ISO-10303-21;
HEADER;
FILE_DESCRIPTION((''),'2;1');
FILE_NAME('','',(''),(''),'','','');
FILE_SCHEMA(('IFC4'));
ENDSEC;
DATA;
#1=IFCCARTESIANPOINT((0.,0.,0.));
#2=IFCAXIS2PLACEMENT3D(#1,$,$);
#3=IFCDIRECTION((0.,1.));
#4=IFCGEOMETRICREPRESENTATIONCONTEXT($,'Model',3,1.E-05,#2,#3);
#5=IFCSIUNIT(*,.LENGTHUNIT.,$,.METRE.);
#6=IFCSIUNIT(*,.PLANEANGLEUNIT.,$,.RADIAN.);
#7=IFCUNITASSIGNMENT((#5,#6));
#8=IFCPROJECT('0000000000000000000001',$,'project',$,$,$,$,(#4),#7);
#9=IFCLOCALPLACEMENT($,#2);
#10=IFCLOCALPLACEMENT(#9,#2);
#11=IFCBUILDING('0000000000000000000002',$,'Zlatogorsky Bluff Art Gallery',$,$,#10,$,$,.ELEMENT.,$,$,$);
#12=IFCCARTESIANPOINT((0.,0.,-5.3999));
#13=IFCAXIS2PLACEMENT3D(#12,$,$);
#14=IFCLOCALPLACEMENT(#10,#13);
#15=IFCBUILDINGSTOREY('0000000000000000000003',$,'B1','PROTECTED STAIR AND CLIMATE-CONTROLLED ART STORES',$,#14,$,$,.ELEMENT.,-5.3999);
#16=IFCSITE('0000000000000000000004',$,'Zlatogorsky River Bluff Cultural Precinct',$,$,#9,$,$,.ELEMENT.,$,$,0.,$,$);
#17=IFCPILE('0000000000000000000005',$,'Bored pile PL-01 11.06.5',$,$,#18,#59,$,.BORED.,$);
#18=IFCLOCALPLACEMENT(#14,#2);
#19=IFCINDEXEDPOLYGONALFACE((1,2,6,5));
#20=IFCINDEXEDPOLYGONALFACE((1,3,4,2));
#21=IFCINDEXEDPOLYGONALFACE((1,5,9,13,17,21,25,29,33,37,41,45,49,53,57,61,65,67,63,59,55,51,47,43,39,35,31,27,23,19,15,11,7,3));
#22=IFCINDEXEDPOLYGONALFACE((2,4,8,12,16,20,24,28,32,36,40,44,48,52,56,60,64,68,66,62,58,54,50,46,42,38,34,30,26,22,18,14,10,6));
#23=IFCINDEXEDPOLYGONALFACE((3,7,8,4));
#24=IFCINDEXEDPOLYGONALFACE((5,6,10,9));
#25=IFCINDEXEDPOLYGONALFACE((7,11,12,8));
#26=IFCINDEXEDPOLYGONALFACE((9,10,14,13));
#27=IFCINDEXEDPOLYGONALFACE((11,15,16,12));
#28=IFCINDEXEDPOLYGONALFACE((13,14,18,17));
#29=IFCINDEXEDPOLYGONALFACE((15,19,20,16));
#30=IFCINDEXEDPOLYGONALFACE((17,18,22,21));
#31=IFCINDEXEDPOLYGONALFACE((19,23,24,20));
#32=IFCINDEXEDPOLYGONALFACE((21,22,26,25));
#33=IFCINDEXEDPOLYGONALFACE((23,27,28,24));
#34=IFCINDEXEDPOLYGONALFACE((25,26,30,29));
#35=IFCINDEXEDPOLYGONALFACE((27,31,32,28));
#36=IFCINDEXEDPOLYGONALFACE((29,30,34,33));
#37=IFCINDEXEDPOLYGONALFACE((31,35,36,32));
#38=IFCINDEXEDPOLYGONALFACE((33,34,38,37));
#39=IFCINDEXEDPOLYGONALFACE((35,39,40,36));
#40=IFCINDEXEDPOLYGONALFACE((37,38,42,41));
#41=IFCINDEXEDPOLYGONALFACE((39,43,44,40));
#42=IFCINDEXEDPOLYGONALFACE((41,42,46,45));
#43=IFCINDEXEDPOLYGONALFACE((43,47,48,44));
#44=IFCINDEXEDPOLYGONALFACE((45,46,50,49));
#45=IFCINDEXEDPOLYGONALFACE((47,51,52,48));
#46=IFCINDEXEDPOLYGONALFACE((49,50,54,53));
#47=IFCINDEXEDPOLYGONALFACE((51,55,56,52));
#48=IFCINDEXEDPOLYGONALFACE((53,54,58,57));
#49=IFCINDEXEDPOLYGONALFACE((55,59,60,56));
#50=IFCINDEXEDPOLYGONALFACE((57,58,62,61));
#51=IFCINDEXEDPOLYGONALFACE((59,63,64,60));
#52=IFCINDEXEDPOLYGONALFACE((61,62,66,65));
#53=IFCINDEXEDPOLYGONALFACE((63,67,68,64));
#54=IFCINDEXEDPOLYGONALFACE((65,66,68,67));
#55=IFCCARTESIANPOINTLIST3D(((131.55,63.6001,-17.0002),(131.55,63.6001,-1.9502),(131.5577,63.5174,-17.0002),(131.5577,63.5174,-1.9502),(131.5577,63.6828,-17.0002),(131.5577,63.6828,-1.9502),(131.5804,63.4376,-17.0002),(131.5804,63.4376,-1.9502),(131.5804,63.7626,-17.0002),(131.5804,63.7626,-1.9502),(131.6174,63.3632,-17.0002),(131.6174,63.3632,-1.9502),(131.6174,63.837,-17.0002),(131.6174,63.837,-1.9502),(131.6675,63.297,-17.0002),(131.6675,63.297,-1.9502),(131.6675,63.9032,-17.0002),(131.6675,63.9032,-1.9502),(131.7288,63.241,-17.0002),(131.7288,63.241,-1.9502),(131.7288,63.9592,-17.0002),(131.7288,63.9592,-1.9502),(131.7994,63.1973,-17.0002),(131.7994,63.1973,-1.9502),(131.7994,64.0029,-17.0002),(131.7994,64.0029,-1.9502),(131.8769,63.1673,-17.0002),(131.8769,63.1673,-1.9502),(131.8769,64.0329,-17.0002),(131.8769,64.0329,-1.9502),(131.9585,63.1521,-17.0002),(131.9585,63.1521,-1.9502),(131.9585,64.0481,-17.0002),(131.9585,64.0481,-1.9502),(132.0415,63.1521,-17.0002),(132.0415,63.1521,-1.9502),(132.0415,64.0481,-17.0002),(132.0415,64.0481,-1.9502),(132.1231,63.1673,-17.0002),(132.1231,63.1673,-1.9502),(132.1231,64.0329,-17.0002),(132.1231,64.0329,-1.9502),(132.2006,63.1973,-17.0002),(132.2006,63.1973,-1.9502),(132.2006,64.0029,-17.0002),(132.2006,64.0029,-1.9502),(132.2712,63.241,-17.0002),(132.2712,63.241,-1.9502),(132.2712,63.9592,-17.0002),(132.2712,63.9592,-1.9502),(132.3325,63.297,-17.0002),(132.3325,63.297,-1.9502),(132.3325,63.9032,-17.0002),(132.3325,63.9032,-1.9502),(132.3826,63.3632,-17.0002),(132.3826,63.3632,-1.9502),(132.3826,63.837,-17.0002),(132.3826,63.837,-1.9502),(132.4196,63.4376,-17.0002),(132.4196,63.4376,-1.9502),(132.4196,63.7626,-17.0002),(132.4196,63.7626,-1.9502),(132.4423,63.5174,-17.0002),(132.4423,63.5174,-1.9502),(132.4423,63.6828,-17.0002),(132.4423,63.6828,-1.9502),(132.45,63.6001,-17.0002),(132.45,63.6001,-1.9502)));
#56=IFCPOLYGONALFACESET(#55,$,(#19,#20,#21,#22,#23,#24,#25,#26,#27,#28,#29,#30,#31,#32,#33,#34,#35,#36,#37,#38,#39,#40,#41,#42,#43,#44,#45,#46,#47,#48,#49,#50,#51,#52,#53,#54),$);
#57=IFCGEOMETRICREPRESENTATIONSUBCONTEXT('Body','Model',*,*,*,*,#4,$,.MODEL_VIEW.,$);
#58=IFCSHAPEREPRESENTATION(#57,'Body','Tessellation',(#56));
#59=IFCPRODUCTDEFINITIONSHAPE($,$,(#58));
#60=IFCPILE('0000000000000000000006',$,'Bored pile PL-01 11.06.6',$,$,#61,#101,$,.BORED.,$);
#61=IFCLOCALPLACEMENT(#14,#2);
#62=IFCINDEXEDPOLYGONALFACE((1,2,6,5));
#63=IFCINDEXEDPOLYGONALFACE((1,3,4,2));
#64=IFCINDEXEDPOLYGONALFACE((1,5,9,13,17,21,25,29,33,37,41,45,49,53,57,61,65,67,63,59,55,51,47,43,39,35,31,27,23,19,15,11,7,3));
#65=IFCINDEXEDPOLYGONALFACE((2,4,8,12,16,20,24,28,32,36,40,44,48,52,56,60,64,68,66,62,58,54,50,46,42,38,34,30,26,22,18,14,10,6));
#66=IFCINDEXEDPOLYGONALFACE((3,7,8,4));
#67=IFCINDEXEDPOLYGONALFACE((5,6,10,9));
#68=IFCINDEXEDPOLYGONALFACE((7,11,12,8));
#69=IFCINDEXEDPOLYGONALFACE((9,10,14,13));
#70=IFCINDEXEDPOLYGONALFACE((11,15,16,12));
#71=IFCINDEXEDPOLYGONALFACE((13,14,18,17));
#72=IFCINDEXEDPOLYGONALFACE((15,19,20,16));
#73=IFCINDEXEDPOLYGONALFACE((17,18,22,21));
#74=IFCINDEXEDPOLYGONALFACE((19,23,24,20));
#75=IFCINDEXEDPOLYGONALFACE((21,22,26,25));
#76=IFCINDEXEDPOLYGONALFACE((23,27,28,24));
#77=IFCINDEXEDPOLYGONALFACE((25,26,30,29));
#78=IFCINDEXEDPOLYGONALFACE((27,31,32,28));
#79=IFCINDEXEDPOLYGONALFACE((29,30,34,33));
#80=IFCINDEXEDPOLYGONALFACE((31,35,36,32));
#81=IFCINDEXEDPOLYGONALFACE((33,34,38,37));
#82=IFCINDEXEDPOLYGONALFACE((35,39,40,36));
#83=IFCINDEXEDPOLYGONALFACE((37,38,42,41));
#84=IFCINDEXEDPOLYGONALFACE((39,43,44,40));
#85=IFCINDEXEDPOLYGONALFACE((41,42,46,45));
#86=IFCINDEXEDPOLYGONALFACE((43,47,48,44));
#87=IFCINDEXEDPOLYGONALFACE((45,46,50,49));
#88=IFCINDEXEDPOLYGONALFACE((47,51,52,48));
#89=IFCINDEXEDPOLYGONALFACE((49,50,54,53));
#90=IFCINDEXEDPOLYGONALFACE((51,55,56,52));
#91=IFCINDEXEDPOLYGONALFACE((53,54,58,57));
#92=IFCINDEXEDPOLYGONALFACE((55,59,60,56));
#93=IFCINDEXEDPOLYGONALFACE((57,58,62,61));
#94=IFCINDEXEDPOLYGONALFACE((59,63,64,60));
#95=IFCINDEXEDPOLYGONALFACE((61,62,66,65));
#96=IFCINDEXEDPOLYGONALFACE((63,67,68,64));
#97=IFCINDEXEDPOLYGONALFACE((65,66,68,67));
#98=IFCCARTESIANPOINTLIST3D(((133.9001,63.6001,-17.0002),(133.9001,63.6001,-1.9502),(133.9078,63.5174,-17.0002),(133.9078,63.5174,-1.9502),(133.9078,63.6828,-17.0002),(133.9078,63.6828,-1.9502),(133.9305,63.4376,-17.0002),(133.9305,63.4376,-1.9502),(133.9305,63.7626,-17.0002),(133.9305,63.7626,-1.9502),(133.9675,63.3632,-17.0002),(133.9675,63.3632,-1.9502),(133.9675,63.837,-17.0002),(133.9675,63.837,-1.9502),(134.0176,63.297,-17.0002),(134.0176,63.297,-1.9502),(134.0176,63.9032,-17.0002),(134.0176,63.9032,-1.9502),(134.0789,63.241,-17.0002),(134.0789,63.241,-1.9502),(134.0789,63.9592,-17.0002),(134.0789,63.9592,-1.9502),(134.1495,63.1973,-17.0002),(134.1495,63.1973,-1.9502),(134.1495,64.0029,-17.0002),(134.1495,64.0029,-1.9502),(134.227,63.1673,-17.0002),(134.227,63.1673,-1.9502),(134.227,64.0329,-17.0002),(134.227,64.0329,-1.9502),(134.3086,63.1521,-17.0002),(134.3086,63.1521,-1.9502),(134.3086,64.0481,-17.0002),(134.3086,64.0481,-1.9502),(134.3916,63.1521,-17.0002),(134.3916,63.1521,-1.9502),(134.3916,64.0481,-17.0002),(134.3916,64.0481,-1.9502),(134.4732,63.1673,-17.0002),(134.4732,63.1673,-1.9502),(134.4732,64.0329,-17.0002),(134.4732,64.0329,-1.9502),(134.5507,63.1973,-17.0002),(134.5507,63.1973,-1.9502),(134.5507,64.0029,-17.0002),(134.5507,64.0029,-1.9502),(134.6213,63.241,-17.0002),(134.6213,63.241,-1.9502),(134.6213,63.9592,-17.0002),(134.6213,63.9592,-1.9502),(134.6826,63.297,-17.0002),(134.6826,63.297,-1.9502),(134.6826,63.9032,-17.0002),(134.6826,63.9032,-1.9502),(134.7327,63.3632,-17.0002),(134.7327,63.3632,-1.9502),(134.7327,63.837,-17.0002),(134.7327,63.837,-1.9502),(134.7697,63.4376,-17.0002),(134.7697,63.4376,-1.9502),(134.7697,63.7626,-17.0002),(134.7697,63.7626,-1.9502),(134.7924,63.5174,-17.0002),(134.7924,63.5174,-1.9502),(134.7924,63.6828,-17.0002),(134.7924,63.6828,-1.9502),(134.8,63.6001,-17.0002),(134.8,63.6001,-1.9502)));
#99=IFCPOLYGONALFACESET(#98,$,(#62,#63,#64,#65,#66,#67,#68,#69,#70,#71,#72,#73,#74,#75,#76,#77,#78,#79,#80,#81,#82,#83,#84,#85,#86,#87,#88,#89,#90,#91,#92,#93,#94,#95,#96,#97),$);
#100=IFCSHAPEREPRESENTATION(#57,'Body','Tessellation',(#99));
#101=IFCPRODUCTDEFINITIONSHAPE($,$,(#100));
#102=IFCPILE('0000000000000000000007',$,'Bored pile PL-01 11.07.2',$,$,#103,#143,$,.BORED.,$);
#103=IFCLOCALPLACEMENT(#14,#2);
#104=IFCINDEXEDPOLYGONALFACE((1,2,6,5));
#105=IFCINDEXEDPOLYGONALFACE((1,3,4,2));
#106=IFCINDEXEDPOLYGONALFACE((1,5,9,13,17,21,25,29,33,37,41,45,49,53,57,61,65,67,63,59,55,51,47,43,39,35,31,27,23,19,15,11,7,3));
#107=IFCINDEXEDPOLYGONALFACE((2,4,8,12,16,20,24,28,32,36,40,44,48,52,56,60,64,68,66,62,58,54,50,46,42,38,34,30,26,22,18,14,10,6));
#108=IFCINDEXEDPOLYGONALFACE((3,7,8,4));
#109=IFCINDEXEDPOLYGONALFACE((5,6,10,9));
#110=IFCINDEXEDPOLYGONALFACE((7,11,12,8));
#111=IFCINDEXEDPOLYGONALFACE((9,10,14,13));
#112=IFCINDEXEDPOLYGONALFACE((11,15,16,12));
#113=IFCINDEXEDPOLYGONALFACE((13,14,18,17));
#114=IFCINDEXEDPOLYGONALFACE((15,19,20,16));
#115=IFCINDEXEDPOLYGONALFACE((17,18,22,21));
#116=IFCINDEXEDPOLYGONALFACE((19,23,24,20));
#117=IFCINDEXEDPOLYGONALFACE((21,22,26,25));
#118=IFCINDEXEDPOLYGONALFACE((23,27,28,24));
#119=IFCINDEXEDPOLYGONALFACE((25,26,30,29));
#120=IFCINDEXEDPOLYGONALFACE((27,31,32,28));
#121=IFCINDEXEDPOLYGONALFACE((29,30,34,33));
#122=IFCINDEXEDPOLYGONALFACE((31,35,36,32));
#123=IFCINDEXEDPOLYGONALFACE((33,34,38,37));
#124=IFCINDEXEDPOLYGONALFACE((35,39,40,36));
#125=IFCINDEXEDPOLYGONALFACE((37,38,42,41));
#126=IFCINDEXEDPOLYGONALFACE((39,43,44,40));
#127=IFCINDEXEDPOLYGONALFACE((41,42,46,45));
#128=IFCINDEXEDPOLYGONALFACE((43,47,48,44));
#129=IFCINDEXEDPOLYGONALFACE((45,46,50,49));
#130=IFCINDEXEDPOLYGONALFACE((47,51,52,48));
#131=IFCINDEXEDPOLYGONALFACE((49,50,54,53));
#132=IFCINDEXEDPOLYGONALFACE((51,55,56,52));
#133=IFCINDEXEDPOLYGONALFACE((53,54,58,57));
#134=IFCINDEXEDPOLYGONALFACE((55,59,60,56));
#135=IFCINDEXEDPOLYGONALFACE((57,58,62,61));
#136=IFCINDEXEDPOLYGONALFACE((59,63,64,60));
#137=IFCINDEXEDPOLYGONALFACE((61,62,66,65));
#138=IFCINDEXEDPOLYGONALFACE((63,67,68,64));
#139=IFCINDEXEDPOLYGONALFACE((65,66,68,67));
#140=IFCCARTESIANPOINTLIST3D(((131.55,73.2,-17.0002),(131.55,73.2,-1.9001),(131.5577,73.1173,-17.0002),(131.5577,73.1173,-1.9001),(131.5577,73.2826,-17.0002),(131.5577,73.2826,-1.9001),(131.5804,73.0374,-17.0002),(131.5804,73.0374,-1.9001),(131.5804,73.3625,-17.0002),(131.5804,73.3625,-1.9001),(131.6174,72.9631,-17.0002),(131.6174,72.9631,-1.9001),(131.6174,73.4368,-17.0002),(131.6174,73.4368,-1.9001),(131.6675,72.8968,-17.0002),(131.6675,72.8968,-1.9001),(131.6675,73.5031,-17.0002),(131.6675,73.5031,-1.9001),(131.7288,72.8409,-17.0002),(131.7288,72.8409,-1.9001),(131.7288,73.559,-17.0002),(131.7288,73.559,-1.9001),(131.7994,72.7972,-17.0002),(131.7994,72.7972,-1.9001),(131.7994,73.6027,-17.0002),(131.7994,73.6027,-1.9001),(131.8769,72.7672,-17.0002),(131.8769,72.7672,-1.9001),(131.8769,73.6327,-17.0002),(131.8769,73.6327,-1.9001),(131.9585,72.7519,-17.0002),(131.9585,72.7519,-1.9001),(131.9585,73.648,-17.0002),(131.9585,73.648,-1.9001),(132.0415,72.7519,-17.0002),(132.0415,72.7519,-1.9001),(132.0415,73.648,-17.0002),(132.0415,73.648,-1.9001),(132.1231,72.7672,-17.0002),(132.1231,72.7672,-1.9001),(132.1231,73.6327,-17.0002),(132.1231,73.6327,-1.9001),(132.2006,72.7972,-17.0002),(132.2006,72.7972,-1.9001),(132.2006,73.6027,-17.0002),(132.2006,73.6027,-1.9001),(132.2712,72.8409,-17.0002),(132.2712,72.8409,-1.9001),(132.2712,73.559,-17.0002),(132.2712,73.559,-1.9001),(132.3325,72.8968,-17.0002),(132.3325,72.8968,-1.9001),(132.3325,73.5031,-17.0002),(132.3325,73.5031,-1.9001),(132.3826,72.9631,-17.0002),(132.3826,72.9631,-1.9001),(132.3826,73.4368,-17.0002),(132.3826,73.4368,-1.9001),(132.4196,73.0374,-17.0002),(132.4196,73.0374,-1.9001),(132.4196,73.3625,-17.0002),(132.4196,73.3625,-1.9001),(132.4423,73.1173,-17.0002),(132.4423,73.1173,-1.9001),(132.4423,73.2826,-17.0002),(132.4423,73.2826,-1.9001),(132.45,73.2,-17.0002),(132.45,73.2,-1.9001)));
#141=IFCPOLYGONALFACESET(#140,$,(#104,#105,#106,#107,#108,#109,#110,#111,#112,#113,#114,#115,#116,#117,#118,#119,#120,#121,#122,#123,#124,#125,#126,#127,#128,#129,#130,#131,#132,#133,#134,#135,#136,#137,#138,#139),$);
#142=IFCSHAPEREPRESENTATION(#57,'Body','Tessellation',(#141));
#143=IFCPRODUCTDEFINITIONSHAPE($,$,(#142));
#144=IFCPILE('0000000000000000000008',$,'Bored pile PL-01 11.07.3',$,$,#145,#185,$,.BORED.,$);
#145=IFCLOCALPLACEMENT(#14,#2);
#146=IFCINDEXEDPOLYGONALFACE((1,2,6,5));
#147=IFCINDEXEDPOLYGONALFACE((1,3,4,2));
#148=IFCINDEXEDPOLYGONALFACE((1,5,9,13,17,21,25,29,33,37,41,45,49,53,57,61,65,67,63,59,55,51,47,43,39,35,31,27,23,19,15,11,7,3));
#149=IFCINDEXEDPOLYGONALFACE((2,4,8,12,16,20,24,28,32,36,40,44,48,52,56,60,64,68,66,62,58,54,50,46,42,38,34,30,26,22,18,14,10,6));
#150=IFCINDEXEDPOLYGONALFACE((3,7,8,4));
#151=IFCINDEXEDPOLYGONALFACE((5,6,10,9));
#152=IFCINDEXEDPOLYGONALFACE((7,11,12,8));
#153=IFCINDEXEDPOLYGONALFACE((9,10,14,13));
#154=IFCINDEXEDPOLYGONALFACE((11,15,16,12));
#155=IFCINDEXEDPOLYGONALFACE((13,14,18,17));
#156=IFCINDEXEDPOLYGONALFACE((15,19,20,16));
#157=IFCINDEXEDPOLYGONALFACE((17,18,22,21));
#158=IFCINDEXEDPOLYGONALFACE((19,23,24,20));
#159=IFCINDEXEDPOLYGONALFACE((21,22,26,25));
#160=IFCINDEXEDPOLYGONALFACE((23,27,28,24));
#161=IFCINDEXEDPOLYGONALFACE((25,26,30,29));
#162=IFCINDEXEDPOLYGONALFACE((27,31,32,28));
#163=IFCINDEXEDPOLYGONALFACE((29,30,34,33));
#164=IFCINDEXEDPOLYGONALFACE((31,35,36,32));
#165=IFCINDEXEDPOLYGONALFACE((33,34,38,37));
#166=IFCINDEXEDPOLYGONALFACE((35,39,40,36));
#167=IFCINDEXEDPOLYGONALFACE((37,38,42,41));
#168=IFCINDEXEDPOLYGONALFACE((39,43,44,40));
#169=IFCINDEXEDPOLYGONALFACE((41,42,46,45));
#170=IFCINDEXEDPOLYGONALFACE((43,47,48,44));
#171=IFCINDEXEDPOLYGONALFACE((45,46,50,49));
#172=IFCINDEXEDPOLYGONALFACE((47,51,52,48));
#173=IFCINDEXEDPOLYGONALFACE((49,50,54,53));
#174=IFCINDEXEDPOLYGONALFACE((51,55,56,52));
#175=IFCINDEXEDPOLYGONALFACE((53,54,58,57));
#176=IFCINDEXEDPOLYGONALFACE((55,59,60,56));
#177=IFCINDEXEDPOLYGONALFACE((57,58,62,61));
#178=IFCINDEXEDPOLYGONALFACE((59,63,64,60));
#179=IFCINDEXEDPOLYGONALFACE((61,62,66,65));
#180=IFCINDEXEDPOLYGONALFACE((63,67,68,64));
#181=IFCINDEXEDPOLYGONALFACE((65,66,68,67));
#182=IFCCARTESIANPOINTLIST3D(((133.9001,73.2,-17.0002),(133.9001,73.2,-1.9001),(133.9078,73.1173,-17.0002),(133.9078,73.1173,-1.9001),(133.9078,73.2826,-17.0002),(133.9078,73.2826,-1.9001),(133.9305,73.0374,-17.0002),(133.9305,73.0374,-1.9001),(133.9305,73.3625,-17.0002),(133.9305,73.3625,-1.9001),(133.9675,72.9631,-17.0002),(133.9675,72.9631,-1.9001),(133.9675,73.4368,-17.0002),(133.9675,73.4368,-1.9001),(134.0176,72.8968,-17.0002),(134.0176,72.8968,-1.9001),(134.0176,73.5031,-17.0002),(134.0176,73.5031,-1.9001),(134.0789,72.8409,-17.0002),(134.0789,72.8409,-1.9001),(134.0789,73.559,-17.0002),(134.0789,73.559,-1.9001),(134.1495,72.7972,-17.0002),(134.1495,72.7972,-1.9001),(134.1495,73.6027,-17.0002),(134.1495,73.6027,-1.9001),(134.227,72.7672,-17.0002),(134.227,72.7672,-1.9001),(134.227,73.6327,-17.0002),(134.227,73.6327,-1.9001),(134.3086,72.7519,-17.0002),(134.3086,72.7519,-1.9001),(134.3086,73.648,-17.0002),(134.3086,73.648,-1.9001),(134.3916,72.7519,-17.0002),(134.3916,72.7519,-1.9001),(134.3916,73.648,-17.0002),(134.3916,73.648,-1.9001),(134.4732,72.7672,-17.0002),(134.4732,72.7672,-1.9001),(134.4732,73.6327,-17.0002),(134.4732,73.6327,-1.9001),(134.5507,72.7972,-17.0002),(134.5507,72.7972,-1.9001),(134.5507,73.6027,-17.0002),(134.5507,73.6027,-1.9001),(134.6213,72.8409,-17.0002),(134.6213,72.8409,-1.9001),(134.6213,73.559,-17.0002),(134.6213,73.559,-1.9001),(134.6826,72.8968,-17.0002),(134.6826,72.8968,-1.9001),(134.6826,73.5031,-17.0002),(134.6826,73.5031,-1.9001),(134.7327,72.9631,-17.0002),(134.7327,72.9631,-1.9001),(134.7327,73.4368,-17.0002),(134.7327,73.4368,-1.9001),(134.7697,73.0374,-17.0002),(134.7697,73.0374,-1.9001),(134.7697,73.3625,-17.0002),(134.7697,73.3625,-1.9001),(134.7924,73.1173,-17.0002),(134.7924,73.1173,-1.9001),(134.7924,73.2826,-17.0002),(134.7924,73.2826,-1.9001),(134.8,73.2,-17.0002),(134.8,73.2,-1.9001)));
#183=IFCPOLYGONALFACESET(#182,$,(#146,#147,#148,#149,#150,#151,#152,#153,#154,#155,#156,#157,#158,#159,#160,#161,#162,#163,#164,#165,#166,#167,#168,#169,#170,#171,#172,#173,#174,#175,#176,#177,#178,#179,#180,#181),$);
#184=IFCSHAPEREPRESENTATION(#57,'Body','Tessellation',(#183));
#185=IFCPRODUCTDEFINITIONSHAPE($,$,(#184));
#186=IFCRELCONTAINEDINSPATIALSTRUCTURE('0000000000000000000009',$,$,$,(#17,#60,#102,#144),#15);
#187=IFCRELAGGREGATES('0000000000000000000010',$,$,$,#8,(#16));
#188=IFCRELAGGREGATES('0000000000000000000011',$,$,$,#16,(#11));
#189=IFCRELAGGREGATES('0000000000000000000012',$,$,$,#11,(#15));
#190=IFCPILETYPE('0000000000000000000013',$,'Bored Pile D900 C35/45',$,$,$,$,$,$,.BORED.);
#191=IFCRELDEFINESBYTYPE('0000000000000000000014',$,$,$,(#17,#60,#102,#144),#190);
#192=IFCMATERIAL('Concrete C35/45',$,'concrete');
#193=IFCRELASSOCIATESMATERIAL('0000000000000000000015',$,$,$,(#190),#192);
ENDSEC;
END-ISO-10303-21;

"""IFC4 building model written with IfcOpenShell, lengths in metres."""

from ifc_helpers import new_model, si_unit, direction, frame, origin, origin_2d, place, context, subcontext, project, spatial, circle, extrude, material, material_profile, profile_set, type_object, element, save


model = new_model("IFC4")

# Units and contexts
model_context = context("Model", 3, precision=1e-05, world=origin(), true_north=direction((0.0, 1.0)))
body_context = subcontext(model_context, "Body", "Model", "MODEL_VIEW")
ifc_project = project(units=[si_unit("LENGTHUNIT", "METRE"), si_unit("PLANEANGLEUNIT", "RADIAN")], contexts=[model_context])

# Site, building, storey
site_placement = place(None, origin())
site = spatial("IfcSite", under=ifc_project, at=site_placement, Name="Zlatogorsky River Bluff Cultural Precinct", CompositionType="ELEMENT", RefElevation=0.0)
building_placement = place(site_placement, origin())
building = spatial("IfcBuilding", under=site, at=building_placement, Name="Zlatogorsky Bluff Art Gallery", CompositionType="ELEMENT")
storey_placement = place(building_placement, frame((0.0, 0.0, -5.3999)))
storey = spatial("IfcBuildingStorey", under=building, at=storey_placement, Name="B1", Description="PROTECTED STAIR AND CLIMATE-CONTROLLED ART STORES", CompositionType="ELEMENT", Elevation=-5.3999)

# Piles
ifc_material_1 = material(Name="Concrete C35/45", Category="concrete")
ifc_material_profile_1 = material_profile(ifc_material_1, circle(Radius=0.45, at=origin_2d()), Name="BORED PILE D900")
ifc_profile_set_1 = profile_set([ifc_material_profile_1], Name="Concrete C35/45")
pile_type = type_object("IfcPileType", Name="Bored Pile D900 C35/45", PredefinedType="BORED", material=ifc_profile_set_1)
for number, where, z_axis, x_axis, name in (
    (1, (132.0, 63.6001, -1.9502), (0.0, 0.0, -1.0), (1.0, 0.0, 0.0), "Bored pile PL-01 11.06.5"),
    (2, (134.3501, 63.6001, -1.9502), (0.0, 0.0, -1.0), (1.0, 0.0, 0.0), "Bored pile PL-01 11.06.6"),
):
    element("IfcPile", number, at=place(storey_placement, frame(where, z_axis=z_axis, x_axis=x_axis)), inside=storey, type_object=pile_type, Name=name, PredefinedType="BORED", context=body_context, shape_type="SweptSolid", body=[
        extrude(circle(Radius=0.45, at=origin_2d()), origin(), (0.0, 0.0, 1.0), 15.05),
    ])
for number, where, z_axis, x_axis, name in (
    (3, (132.0, 73.2, -1.9001), (0.0, 0.0, -1.0), (1.0, 0.0, 0.0), "Bored pile PL-01 11.07.2"),
    (4, (134.3501, 73.2, -1.9001), (0.0, 0.0, -1.0), (1.0, 0.0, 0.0), "Bored pile PL-01 11.07.3"),
):
    element("IfcPile", number, at=place(storey_placement, frame(where, z_axis=z_axis, x_axis=x_axis)), inside=storey, type_object=pile_type, Name=name, PredefinedType="BORED", context=body_context, shape_type="SweptSolid", body=[
        extrude(circle(Radius=0.45, at=origin_2d()), origin(), (0.0, 0.0, 1.0), 15.1001),
    ])

save(model, "model.ifc")
